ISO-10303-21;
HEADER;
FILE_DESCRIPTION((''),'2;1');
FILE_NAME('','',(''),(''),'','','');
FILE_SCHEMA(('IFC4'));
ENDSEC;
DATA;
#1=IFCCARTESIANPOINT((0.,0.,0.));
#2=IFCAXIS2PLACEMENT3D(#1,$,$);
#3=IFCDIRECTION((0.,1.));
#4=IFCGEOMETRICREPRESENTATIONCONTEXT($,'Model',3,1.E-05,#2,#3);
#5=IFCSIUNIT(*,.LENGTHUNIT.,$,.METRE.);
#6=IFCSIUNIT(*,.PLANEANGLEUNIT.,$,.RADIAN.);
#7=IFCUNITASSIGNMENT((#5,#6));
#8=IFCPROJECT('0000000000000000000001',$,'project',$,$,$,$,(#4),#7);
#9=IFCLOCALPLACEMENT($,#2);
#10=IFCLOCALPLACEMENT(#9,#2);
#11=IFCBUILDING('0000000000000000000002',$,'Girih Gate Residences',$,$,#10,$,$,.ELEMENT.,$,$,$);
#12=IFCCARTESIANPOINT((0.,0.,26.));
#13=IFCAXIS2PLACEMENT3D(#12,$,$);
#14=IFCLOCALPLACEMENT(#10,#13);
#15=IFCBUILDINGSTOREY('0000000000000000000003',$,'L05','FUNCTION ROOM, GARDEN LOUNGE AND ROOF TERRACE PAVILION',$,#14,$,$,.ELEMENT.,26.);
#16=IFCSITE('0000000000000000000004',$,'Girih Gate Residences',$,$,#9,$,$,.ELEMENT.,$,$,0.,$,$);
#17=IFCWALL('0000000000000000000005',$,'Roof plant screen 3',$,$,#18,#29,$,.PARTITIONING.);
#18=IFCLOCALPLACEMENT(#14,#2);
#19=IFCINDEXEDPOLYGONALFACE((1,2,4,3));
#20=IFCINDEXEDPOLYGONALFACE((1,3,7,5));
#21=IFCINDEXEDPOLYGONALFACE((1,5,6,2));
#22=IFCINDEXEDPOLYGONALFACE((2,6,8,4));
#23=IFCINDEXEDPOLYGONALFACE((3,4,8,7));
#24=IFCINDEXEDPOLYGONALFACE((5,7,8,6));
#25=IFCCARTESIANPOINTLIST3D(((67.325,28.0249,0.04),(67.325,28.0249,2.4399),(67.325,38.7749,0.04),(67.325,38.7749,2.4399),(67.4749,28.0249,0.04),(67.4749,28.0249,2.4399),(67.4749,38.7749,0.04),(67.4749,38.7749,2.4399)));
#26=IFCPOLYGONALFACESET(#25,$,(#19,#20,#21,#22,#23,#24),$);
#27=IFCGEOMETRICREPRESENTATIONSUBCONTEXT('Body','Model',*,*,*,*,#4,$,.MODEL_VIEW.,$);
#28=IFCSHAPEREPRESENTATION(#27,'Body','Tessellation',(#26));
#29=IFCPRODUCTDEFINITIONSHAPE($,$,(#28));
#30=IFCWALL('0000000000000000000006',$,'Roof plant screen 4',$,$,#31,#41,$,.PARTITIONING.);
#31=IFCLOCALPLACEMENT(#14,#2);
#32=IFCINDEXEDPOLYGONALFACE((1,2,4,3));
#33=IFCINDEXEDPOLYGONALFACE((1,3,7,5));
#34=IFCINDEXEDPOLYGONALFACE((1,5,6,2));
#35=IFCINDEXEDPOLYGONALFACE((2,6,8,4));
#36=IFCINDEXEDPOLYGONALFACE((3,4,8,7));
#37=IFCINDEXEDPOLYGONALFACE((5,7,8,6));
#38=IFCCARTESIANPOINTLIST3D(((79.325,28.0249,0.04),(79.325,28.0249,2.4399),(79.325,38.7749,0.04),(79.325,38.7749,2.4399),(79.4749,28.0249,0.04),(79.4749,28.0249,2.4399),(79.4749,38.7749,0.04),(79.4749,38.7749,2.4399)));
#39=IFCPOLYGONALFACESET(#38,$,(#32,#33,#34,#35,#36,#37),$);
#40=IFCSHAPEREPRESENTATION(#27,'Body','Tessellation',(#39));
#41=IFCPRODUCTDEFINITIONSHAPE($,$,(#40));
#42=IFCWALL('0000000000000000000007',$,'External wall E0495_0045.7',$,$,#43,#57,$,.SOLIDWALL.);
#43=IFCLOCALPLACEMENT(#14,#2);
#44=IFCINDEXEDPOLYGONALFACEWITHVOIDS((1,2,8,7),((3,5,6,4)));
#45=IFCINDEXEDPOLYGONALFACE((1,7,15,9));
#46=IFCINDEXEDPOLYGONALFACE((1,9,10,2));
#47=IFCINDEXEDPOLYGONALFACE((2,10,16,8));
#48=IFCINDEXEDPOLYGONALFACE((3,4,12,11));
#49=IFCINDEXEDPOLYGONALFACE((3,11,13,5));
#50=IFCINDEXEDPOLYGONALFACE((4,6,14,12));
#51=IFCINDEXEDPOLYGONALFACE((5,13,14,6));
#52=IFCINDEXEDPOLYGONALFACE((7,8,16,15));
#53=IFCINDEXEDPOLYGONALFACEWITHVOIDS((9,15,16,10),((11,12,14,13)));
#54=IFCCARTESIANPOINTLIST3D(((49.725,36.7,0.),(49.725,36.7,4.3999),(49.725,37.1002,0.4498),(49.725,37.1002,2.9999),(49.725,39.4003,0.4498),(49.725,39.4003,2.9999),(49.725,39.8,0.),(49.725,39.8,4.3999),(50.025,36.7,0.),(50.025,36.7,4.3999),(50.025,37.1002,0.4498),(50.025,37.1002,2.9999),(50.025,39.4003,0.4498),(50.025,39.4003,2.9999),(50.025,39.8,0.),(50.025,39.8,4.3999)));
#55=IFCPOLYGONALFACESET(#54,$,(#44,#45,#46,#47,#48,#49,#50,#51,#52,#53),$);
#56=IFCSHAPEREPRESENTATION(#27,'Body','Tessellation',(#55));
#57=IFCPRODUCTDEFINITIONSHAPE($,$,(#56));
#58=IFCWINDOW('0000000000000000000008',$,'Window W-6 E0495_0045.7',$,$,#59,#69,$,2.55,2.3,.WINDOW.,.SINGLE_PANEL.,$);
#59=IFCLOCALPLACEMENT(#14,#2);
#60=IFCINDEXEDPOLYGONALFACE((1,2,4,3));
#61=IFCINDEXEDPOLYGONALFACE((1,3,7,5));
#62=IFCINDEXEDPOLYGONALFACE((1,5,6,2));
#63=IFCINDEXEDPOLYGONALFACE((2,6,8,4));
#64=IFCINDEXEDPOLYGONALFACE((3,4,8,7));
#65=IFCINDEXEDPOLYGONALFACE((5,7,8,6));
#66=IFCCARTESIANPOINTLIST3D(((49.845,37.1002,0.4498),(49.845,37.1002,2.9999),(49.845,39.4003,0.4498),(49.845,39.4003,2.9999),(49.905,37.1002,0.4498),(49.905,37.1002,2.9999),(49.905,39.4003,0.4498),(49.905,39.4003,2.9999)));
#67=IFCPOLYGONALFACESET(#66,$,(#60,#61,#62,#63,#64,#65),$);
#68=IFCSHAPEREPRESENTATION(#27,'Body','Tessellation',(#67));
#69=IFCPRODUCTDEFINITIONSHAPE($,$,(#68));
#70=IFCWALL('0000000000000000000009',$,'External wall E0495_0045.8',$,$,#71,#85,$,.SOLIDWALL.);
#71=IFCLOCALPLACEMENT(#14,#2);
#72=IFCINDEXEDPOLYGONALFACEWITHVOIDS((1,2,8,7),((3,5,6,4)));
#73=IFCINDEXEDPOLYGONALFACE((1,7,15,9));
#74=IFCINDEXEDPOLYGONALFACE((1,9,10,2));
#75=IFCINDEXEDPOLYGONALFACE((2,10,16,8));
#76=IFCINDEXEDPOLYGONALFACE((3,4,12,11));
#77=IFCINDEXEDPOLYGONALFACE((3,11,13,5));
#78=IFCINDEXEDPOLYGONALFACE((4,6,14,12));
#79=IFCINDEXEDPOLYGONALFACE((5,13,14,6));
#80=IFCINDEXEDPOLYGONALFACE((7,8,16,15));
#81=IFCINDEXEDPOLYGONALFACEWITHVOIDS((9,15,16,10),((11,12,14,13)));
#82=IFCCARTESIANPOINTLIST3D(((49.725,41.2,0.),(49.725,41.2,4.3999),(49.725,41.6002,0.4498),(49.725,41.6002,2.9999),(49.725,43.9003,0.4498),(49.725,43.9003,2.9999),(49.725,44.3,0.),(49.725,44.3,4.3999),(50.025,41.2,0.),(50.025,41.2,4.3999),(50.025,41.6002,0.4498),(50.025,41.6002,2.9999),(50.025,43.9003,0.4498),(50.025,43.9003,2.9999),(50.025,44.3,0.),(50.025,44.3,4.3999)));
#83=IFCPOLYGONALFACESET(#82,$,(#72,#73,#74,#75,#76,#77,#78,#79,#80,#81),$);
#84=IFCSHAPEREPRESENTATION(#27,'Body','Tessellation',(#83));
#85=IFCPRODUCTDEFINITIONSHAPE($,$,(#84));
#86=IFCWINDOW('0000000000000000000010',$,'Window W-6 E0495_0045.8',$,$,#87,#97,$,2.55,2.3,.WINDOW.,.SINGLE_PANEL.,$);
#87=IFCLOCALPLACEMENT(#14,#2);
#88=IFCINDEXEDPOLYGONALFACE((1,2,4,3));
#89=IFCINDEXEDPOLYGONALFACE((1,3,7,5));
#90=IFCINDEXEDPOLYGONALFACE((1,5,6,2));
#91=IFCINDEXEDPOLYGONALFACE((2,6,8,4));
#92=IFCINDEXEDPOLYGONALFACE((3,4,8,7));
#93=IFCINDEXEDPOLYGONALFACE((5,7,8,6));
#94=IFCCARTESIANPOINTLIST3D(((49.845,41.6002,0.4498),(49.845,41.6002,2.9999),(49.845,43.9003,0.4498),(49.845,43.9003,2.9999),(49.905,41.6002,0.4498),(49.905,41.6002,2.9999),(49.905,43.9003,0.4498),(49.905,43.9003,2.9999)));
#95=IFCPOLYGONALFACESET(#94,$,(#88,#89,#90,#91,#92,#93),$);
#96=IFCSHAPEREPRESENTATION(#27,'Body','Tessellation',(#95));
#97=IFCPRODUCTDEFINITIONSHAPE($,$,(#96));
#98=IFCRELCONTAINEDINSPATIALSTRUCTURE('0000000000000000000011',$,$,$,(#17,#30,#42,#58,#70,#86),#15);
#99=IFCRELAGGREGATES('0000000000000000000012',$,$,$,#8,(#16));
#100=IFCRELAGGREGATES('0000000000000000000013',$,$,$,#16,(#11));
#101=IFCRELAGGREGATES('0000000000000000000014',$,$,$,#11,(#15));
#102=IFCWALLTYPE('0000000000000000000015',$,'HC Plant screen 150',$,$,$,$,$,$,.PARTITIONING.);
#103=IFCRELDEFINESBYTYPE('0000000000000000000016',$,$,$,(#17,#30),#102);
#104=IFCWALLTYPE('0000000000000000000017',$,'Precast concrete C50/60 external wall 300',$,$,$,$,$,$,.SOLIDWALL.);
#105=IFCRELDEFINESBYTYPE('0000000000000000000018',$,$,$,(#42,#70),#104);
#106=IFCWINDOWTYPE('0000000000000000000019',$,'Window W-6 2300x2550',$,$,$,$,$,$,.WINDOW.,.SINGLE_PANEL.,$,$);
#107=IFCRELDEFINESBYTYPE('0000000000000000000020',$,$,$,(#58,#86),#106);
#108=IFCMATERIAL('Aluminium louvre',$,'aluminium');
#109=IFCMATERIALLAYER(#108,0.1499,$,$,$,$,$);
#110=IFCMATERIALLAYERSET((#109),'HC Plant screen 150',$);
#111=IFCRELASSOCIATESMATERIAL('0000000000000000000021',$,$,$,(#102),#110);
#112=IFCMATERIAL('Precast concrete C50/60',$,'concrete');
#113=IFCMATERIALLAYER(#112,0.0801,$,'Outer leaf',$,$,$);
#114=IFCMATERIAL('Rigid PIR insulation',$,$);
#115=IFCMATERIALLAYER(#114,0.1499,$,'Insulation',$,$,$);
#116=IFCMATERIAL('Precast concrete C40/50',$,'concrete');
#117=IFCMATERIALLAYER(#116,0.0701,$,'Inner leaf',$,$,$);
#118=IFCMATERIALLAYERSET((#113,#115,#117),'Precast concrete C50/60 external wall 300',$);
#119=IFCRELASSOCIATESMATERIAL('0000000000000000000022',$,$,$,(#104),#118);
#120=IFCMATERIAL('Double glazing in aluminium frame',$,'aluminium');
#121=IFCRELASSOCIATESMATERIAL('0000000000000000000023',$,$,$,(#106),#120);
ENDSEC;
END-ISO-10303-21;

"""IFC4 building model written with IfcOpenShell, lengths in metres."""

from ifc_helpers import new_model, si_unit, direction, frame, frame_2d, origin, place, context, subcontext, project, spatial, rectangle, extrude, material, layer, layer_set, type_object, element, fill, save


model = new_model("IFC4")

# Units and contexts
model_context = context("Model", 3, precision=1e-05, world=origin(), true_north=direction((0.0, 1.0)))
body_context = subcontext(model_context, "Body", "Model", "MODEL_VIEW")
ifc_project = project(units=[si_unit("LENGTHUNIT", "METRE"), si_unit("PLANEANGLEUNIT", "RADIAN")], contexts=[model_context])

# Site, building, storey
site_placement = place(None, origin())
site = spatial("IfcSite", under=ifc_project, at=site_placement, Name="Girih Gate Residences", CompositionType="ELEMENT", RefElevation=0.0)
building_placement = place(site_placement, origin())
building = spatial("IfcBuilding", under=site, at=building_placement, Name="Girih Gate Residences", CompositionType="ELEMENT")
storey_placement = place(building_placement, frame((0.0, 0.0, 26.0)))
storey = spatial("IfcBuildingStorey", under=building, at=storey_placement, Name="L05", Description="FUNCTION ROOM, GARDEN LOUNGE AND ROOF TERRACE PAVILION", CompositionType="ELEMENT", Elevation=26.0)

# Shared definitions
ifc_material_1 = material(Name="Precast concrete C40/50", Category="concrete")

# Walls
ifc_material_2 = material(Name="Aluminium louvre", Category="aluminium")
ifc_layer_1 = layer(ifc_material_2, 0.1499)
ifc_layer_set_1 = layer_set([ifc_layer_1], Name="HC Plant screen 150")
wall_type_1 = type_object("IfcWallType", Name="HC Plant screen 150", PredefinedType="PARTITIONING", material=ifc_layer_set_1)
for number, where, z_axis, x_axis, name in (
    (1, (67.3999, 28.0249, 0.04), (0.0, 0.0, 1.0), (0.0, 1.0, 0.0), "Roof plant screen 3"),
    (2, (79.3999, 28.0249, 0.04), (0.0, 0.0, 1.0), (0.0, 1.0, 0.0), "Roof plant screen 4"),
):
    element("IfcWall", number, at=place(storey_placement, frame(where, z_axis=z_axis, x_axis=x_axis)), inside=storey, type_object=wall_type_1, Name=name, PredefinedType="PARTITIONING", context=body_context, shape_type="SweptSolid", body=[
        extrude(rectangle(XDim=10.75, YDim=0.1499, at=frame_2d((5.375, 0.0))), origin(), (0.0, 0.0, 1.0), 2.3999),
    ])

# Walls, openings, windows
ifc_material_3 = material(Name="Precast concrete C50/60", Category="concrete")
ifc_layer_2 = layer(ifc_material_3, 0.0801, Name="Outer leaf")
ifc_material_4 = material(Name="Rigid PIR insulation")
ifc_layer_3 = layer(ifc_material_4, 0.1499, Name="Insulation")
ifc_layer_4 = layer(ifc_material_1, 0.0701, Name="Inner leaf")
ifc_layer_set_2 = layer_set([ifc_layer_2, ifc_layer_3, ifc_layer_4], Name="Precast concrete C50/60 external wall 300")
wall_type_2 = type_object("IfcWallType", Name="Precast concrete C50/60 external wall 300", PredefinedType="SOLIDWALL", material=ifc_layer_set_2)
wall_1_placement = place(storey_placement, frame((49.875, 39.8, 0.0), z_axis=(0.0, 0.0, 1.0), x_axis=(0.0, -1.0, 0.0)))
wall_1 = element("IfcWall", 3, at=wall_1_placement, inside=storey, type_object=wall_type_2, Name="External wall E0495_0045.7", PredefinedType="SOLIDWALL", context=body_context, shape_type="SweptSolid", body=[
    extrude(rectangle(XDim=3.1001, YDim=0.3, at=frame_2d((1.55, 0.0))), origin(), (0.0, 0.0, 1.0), 4.3999),
])
opening_1_placement = place(wall_1_placement, frame((0.3999, 0.0, 0.45)))
opening_1 = element("IfcOpeningElement", 4, at=opening_1_placement, cuts=wall_1, PredefinedType="OPENING", context=body_context, shape_type="SweptSolid", body=[
    extrude(rectangle(XDim=2.3, YDim=2.55, at=frame_2d((1.1499, 1.2749))), frame((0.0, 0.1599, 0.0), z_axis=(0.0, -1.0, 0.0), x_axis=(1.0, 0.0, 0.0)), (0.0, 0.0, 1.0), 0.3201),
])
ifc_material_5 = material(Name="Double glazing in aluminium frame", Category="aluminium")
window_type = type_object("IfcWindowType", Name="Window W-6 2300x2550", PartitioningType="SINGLE_PANEL", PredefinedType="WINDOW", material=ifc_material_5)
window_1_placement = place(opening_1_placement, origin())
window_1 = element("IfcWindow", 5, at=window_1_placement, inside=storey, type_object=window_type, Name="Window W-6 E0495_0045.7", OverallHeight=2.55, OverallWidth=2.3, PartitioningType="SINGLE_PANEL", PredefinedType="WINDOW", context=body_context, shape_type="SweptSolid", body=[
    extrude(rectangle(XDim=2.3, YDim=2.55, at=frame_2d((1.1499, 1.2749))), frame((0.0, 0.03, 0.0), z_axis=(0.0, -1.0, 0.0), x_axis=(1.0, 0.0, 0.0)), (0.0, 0.0, 1.0), 0.0601),
])
fill(opening_1, window_1)
wall_2_placement = place(storey_placement, frame((49.875, 44.3, 0.0), z_axis=(0.0, 0.0, 1.0), x_axis=(0.0, -1.0, 0.0)))
wall_2 = element("IfcWall", 6, at=wall_2_placement, inside=storey, type_object=wall_type_2, Name="External wall E0495_0045.8", PredefinedType="SOLIDWALL", context=body_context, shape_type="SweptSolid", body=[
    extrude(rectangle(XDim=3.1001, YDim=0.3, at=frame_2d((1.55, 0.0))), origin(), (0.0, 0.0, 1.0), 4.3999),
])
opening_2_placement = place(wall_2_placement, frame((0.3999, 0.0, 0.45)))
opening_2 = element("IfcOpeningElement", 7, at=opening_2_placement, cuts=wall_2, PredefinedType="OPENING", context=body_context, shape_type="SweptSolid", body=[
    extrude(rectangle(XDim=2.3, YDim=2.55, at=frame_2d((1.1499, 1.2749))), frame((0.0, 0.1599, 0.0), z_axis=(0.0, -1.0, 0.0), x_axis=(1.0, 0.0, 0.0)), (0.0, 0.0, 1.0), 0.3201),
])
window_2_placement = place(opening_2_placement, origin())
window_2 = element("IfcWindow", 8, at=window_2_placement, inside=storey, type_object=window_type, Name="Window W-6 E0495_0045.8", OverallHeight=2.55, OverallWidth=2.3, PartitioningType="SINGLE_PANEL", PredefinedType="WINDOW", context=body_context, shape_type="SweptSolid", body=[
    extrude(rectangle(XDim=2.3, YDim=2.55, at=frame_2d((1.1499, 1.2749))), frame((0.0, 0.03, 0.0), z_axis=(0.0, -1.0, 0.0), x_axis=(1.0, 0.0, 0.0)), (0.0, 0.0, 1.0), 0.0601),
])
fill(opening_2, window_2)

save(model, "model.ifc")
